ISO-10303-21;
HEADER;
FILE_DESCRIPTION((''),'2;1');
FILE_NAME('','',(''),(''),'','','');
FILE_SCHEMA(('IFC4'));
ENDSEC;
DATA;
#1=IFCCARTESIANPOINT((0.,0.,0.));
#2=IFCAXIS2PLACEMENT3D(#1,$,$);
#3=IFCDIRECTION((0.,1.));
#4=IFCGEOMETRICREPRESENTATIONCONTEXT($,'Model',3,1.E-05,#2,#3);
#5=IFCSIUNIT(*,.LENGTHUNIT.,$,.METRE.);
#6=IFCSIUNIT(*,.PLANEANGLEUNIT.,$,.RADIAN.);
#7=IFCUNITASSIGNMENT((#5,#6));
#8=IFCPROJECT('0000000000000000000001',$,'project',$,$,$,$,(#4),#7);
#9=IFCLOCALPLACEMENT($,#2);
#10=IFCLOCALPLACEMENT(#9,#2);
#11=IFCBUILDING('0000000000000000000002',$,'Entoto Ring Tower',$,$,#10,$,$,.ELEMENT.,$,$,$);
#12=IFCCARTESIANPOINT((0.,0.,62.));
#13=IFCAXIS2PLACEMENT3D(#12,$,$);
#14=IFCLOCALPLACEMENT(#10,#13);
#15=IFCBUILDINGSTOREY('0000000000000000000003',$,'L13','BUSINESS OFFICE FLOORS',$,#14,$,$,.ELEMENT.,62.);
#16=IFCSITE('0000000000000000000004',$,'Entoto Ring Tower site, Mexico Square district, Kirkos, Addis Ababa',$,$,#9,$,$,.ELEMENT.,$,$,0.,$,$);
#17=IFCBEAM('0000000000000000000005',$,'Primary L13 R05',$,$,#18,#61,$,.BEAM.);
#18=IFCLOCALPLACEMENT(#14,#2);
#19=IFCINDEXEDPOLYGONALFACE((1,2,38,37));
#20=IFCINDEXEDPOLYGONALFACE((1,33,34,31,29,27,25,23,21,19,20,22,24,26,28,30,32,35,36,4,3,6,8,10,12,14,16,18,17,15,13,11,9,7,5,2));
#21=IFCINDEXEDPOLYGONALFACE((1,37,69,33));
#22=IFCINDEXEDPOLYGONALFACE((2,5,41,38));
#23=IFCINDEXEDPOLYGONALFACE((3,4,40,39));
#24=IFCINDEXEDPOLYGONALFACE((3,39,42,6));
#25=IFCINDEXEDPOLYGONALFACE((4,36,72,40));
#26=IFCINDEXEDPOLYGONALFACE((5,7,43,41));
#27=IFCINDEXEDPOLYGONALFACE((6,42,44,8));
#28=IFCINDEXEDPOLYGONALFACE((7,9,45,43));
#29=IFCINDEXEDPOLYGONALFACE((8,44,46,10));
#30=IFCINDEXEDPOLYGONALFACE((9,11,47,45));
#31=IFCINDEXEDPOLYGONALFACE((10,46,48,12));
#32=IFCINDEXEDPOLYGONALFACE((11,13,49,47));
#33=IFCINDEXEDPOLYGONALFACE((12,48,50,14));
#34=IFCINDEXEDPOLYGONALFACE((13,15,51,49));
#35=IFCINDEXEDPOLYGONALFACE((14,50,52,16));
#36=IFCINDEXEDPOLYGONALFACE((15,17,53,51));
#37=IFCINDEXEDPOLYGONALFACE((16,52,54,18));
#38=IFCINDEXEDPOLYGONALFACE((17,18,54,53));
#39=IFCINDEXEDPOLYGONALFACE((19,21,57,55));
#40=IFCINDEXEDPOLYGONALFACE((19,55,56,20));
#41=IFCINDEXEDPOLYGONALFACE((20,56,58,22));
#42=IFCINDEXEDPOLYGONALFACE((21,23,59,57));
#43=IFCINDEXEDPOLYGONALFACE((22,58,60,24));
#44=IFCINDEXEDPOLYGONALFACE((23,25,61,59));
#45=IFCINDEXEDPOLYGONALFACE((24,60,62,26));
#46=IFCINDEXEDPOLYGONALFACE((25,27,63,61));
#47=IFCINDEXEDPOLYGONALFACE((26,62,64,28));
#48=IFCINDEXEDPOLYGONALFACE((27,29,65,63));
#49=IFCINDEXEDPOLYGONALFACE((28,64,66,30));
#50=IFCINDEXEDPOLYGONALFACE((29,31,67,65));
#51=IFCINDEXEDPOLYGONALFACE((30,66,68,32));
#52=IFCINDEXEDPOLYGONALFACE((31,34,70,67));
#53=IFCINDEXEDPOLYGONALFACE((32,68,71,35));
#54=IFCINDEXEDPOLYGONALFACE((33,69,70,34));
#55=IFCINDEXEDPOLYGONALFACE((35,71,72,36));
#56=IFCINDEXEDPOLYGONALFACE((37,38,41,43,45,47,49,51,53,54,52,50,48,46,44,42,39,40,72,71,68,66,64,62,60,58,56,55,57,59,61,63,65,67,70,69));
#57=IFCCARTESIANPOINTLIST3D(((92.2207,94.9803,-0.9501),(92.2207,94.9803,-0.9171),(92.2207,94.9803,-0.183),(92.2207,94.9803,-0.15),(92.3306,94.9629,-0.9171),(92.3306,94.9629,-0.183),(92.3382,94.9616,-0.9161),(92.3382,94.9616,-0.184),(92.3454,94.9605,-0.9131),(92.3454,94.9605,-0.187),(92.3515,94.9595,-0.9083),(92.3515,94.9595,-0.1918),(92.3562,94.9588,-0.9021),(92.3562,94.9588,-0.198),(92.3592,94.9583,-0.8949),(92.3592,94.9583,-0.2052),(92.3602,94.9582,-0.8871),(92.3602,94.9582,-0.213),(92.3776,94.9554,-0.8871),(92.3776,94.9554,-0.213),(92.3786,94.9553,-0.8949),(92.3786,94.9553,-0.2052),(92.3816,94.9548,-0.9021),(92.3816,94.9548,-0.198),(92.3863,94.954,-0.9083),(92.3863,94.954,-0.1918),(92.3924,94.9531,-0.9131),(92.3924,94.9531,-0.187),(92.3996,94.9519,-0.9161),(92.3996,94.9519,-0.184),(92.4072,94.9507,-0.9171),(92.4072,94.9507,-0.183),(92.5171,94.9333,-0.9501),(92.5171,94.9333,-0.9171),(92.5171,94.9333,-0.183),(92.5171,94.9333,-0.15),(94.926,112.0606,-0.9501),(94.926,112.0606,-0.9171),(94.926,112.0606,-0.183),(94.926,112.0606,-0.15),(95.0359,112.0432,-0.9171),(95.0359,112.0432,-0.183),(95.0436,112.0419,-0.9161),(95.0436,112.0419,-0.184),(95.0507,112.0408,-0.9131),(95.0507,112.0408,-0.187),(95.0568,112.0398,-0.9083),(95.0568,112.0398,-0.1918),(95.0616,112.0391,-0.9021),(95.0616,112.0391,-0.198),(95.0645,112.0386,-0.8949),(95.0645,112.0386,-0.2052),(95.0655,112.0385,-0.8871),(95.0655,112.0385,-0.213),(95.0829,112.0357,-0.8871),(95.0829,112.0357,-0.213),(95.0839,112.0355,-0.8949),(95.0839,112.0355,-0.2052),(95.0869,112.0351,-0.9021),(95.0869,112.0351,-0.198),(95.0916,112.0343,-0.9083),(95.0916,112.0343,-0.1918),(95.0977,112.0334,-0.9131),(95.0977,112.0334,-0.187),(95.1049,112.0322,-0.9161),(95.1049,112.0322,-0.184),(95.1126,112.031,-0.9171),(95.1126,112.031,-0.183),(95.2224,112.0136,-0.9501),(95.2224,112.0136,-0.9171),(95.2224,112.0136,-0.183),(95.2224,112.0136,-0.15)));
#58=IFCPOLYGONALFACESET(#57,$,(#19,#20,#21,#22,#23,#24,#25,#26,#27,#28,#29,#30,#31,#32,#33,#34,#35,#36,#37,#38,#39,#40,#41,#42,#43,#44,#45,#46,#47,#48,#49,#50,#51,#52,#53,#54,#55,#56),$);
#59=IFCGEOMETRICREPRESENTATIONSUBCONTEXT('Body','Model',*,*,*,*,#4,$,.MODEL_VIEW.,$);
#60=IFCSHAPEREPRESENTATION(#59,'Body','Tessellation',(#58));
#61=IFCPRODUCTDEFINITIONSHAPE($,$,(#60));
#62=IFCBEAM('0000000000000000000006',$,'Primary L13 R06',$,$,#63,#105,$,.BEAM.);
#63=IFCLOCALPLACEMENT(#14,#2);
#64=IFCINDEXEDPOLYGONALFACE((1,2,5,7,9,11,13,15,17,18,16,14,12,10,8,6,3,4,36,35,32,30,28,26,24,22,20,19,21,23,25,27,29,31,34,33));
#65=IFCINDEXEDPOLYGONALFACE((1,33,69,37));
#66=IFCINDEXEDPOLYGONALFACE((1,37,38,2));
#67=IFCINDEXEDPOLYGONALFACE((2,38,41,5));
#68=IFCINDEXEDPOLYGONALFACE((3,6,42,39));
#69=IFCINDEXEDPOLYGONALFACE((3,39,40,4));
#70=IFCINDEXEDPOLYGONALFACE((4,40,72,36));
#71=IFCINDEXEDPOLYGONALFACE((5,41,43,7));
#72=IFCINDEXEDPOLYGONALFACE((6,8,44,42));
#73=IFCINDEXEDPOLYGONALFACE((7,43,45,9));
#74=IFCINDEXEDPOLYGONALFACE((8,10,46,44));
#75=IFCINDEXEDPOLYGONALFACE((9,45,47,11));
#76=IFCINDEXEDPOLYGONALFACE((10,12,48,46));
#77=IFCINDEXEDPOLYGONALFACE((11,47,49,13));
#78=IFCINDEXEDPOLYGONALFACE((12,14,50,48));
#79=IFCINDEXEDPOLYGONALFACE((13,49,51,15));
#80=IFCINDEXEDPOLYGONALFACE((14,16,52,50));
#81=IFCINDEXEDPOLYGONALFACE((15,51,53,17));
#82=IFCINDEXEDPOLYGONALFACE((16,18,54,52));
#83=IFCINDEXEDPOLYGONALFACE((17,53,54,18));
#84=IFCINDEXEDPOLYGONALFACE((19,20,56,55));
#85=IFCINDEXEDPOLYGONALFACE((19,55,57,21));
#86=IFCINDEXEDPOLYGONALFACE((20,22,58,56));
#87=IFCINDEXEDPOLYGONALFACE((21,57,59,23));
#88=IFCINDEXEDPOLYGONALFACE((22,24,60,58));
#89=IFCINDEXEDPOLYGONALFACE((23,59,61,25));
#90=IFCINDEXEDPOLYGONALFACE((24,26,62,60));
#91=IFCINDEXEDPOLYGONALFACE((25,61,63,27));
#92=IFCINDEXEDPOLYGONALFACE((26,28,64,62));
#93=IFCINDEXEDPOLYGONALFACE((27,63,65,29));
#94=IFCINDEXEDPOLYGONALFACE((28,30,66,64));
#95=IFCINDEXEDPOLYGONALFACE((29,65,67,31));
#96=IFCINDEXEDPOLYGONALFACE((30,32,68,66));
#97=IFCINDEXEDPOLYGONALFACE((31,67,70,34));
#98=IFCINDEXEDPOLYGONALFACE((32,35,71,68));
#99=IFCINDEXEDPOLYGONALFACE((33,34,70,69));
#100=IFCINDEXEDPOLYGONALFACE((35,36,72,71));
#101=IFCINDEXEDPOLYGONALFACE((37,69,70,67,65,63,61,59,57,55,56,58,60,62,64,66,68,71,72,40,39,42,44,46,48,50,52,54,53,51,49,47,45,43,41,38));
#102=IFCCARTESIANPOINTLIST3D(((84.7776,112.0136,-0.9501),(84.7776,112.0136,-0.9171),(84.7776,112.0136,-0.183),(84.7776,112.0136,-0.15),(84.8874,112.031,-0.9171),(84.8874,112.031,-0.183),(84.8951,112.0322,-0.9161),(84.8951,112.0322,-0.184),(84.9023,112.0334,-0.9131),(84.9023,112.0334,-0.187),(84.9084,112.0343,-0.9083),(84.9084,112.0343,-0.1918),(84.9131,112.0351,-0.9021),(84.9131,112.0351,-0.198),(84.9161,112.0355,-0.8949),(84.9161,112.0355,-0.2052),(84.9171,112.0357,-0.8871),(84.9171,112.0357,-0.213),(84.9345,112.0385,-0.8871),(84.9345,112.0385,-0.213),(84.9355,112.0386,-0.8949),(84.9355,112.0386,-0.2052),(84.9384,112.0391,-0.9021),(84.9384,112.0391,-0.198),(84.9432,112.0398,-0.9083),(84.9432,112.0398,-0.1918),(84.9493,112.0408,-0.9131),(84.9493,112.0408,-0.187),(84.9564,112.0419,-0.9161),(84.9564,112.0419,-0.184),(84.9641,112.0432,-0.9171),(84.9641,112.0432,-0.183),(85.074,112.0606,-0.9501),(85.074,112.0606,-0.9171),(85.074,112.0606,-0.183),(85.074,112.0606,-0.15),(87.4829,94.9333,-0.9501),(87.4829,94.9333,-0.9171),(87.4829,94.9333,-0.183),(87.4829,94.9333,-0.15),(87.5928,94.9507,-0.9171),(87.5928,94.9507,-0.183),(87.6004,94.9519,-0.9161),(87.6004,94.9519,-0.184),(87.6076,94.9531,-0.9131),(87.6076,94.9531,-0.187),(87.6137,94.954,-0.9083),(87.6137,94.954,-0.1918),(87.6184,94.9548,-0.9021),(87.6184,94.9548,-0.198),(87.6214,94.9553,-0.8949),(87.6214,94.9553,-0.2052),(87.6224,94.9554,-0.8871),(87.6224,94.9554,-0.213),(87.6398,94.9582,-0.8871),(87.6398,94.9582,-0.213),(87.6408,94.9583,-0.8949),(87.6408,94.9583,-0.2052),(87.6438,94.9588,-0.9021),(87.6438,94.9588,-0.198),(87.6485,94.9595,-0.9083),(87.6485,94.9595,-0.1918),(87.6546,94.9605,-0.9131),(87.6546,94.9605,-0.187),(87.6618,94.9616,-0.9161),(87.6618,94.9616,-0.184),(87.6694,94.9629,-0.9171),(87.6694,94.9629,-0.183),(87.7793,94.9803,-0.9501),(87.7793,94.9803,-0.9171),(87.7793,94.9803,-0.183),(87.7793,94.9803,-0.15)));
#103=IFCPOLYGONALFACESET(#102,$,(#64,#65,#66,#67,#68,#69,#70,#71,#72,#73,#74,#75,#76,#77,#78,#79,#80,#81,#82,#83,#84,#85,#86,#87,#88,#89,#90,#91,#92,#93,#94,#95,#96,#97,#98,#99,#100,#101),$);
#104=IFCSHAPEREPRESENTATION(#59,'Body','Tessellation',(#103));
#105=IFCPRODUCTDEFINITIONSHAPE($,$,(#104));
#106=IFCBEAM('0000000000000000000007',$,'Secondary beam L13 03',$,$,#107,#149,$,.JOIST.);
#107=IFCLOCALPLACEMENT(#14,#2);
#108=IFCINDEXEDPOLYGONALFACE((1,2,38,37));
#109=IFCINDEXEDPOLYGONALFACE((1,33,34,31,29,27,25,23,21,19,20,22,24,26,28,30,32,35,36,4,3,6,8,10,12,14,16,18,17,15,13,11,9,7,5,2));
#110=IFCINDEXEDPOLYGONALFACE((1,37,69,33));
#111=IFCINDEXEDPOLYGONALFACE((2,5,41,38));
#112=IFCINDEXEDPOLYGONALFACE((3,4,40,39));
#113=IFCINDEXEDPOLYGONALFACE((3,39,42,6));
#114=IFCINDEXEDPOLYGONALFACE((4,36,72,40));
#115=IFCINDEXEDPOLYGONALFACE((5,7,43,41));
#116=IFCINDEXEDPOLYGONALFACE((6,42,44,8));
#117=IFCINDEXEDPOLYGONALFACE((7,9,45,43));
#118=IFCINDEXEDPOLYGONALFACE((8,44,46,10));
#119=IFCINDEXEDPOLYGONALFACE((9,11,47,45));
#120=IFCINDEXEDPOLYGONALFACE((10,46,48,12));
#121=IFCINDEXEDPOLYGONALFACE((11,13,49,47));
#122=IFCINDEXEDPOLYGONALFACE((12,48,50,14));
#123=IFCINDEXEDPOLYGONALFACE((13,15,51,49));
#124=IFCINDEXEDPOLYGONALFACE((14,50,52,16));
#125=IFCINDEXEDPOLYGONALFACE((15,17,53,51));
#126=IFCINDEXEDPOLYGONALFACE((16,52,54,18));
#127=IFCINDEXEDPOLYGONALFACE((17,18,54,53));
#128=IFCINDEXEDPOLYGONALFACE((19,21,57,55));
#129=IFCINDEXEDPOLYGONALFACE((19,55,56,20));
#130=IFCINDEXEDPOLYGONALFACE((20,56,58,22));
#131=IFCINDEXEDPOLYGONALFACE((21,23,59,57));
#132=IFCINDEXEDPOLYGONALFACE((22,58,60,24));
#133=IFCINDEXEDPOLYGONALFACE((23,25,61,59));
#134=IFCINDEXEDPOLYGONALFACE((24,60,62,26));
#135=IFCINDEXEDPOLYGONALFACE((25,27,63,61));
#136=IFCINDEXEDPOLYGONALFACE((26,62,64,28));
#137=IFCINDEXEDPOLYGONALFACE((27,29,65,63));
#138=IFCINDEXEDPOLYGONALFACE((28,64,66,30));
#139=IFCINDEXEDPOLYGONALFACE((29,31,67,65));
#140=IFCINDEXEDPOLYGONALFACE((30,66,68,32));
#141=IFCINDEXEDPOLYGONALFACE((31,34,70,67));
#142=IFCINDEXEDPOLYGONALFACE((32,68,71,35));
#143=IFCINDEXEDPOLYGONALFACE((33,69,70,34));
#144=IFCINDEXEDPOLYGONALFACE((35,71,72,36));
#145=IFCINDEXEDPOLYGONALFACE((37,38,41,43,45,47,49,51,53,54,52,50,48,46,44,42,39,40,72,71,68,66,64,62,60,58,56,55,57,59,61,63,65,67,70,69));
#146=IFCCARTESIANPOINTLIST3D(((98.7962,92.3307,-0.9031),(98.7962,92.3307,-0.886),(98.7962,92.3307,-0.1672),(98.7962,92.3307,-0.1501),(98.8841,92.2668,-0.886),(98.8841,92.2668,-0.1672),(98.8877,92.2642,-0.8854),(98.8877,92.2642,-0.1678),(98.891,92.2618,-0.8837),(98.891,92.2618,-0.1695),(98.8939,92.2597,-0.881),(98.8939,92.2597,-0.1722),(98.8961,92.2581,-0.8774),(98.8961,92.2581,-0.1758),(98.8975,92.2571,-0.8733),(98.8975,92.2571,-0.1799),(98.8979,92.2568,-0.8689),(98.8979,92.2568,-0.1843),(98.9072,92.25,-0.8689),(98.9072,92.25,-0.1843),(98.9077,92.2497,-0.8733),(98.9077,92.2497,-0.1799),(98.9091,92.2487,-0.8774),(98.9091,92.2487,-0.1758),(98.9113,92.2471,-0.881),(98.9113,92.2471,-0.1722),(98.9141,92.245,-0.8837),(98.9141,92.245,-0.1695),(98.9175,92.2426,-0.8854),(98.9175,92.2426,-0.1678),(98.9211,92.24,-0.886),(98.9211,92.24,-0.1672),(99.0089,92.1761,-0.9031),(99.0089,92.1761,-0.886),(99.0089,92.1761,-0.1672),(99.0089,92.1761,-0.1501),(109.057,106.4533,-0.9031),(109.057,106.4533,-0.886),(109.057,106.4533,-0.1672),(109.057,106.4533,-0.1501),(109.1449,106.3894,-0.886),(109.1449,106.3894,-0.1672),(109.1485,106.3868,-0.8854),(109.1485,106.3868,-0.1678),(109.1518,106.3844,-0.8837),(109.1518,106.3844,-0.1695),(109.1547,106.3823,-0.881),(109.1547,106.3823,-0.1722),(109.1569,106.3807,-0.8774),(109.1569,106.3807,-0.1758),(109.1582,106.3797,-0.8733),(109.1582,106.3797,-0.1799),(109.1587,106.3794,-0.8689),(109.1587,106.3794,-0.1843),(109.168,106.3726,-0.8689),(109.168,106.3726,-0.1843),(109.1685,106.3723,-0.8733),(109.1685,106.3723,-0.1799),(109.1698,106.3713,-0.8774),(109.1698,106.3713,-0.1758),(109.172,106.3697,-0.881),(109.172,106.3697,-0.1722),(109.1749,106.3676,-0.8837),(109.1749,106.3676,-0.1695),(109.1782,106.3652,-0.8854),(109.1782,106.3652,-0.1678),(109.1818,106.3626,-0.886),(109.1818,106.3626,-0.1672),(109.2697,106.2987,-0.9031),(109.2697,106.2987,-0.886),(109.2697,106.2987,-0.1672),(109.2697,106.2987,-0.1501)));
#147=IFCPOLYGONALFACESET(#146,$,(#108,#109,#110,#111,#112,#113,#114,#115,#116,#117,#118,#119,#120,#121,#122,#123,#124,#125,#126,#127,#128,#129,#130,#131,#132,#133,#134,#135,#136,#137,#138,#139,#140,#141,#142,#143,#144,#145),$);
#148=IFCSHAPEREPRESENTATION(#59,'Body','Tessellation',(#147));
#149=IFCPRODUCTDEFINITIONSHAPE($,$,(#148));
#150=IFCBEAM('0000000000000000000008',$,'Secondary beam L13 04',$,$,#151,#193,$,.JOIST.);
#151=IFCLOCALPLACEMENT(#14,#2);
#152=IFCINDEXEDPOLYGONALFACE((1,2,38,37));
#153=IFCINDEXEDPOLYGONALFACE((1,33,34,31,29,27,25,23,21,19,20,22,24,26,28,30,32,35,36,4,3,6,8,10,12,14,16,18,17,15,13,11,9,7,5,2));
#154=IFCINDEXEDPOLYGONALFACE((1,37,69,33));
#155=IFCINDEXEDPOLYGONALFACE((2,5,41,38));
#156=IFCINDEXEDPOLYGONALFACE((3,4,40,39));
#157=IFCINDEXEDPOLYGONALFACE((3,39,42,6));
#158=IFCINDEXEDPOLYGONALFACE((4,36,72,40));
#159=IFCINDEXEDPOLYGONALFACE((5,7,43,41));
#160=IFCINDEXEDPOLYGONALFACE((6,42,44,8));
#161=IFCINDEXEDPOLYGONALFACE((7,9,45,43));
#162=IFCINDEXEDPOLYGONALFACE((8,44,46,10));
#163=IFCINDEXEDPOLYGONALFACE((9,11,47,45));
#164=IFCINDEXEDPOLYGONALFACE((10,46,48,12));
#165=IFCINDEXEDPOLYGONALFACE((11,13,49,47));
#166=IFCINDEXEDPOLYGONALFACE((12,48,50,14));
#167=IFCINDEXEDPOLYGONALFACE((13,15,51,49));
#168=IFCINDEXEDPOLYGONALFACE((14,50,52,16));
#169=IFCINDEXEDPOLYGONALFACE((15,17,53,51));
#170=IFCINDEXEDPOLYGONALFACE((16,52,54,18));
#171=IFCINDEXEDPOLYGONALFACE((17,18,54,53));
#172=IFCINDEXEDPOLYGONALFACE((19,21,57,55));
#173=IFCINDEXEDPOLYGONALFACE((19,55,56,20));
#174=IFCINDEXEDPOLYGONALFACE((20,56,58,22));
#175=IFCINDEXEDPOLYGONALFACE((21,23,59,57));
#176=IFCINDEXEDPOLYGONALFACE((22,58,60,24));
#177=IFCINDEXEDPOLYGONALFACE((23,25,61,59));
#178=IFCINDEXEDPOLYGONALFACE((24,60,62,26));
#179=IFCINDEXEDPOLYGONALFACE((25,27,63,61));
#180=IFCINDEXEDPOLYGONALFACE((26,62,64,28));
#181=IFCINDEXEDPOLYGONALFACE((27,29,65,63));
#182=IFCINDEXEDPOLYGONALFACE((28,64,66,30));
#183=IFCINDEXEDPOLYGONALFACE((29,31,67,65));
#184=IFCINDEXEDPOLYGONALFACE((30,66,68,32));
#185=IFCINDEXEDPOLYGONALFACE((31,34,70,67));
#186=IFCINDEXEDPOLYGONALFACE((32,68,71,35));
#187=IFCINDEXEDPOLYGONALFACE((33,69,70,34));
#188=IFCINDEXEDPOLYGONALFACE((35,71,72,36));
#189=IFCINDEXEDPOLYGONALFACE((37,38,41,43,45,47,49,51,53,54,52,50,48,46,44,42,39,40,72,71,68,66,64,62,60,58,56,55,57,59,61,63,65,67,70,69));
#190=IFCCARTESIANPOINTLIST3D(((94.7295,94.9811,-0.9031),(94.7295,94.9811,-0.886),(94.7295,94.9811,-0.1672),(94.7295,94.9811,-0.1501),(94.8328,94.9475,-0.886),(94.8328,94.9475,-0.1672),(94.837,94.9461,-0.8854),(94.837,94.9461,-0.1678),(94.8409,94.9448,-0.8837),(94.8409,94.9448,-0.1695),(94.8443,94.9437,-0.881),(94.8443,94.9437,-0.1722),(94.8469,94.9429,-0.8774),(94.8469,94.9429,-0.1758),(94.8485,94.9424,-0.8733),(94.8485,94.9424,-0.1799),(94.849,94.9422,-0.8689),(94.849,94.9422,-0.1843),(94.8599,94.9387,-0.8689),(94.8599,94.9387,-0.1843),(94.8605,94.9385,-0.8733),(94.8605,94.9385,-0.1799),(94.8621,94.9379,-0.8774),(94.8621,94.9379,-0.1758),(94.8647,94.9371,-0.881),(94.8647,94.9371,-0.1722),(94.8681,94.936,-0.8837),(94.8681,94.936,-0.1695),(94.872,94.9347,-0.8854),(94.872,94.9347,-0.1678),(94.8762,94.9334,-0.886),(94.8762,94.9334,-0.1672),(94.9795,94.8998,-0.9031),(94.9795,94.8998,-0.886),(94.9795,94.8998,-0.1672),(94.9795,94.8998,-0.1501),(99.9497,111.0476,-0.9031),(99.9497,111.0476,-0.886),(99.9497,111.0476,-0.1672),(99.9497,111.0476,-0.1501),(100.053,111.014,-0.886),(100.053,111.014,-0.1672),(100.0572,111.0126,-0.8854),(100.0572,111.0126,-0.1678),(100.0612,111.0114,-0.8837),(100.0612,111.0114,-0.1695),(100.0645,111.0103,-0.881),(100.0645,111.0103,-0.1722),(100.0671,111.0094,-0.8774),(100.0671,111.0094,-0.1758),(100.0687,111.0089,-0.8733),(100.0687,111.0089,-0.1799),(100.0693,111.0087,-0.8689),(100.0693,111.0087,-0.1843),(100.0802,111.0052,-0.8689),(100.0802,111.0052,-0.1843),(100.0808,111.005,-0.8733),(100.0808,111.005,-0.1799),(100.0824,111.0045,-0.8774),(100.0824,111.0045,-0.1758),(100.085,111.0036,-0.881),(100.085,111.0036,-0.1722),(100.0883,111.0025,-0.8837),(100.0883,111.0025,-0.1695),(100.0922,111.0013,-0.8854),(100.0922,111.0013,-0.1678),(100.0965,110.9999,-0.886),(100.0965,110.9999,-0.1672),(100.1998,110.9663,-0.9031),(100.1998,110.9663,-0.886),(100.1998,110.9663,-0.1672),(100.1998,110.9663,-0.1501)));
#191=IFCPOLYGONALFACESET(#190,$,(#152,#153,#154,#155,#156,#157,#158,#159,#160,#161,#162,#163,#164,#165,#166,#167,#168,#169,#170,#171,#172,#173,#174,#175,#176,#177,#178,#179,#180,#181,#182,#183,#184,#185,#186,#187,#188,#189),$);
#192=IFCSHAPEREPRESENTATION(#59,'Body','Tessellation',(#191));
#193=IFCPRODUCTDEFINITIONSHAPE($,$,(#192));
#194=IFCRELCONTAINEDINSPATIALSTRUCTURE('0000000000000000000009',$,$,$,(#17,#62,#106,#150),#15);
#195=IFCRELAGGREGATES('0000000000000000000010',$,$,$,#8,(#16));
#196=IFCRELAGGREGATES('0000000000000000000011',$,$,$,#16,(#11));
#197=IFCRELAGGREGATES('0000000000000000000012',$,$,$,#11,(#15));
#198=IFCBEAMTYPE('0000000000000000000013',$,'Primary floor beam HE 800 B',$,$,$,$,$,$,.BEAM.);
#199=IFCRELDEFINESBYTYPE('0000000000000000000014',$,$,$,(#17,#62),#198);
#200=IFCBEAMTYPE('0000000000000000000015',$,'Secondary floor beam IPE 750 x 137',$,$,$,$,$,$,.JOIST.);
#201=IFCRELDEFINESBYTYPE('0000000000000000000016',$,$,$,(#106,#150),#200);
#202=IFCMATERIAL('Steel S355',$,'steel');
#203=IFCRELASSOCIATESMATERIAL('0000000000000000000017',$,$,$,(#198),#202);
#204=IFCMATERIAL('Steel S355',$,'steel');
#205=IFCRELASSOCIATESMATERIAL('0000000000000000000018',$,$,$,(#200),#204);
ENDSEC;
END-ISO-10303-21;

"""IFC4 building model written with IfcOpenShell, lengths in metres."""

from ifc_helpers import new_model, si_unit, direction, frame, origin, origin_2d, place, context, subcontext, project, spatial, i_section, extrude, material, material_profile, profile_set, type_object, element, save


model = new_model("IFC4")

# Units and contexts
model_context = context("Model", 3, precision=1e-05, world=origin(), true_north=direction((0.0, 1.0)))
body_context = subcontext(model_context, "Body", "Model", "MODEL_VIEW")
ifc_project = project(units=[si_unit("LENGTHUNIT", "METRE"), si_unit("PLANEANGLEUNIT", "RADIAN")], contexts=[model_context])

# Site, building, storey
site_placement = place(None, origin())
site = spatial("IfcSite", under=ifc_project, at=site_placement, Name="Entoto Ring Tower site, Mexico Square district, Kirkos, Addis Ababa", CompositionType="ELEMENT", RefElevation=0.0)
building_placement = place(site_placement, origin())
building = spatial("IfcBuilding", under=site, at=building_placement, Name="Entoto Ring Tower", CompositionType="ELEMENT")
storey_placement = place(building_placement, frame((0.0, 0.0, 62.0)))
storey = spatial("IfcBuildingStorey", under=building, at=storey_placement, Name="L13", Description="BUSINESS OFFICE FLOORS", CompositionType="ELEMENT", Elevation=62.0)

# Beams
ifc_material_1 = material(Name="Steel S355", Category="steel")
ifc_material_profile_1 = material_profile(ifc_material_1, i_section(OverallWidth=0.3, OverallDepth=0.8, WebThickness=0.0176, FlangeThickness=0.033, FilletRadius=0.03, at=origin_2d()), Name="HE 800 B")
ifc_profile_set_1 = profile_set([ifc_material_profile_1], Name="Steel S355")
beam_type_1 = type_object("IfcBeamType", Name="Primary floor beam HE 800 B", PredefinedType="BEAM", material=ifc_profile_set_1)
for number, where, z_axis, x_axis, name in (
    (1, (92.3689, 94.9568, -0.55), (0.156438, 0.987688, 0.0), (-0.987688, 0.156438, 0.0), "Primary L13 R05"),
    (2, (87.6311, 94.9568, -0.55), (-0.156438, 0.987688, 0.0), (-0.987688, -0.156438, 0.0), "Primary L13 R06"),
):
    element("IfcBeam", number, at=place(storey_placement, frame(where, z_axis=z_axis, x_axis=x_axis)), inside=storey, type_object=beam_type_1, Name=name, PredefinedType="BEAM", context=body_context, shape_type="SweptSolid", body=[
        extrude(i_section(OverallWidth=0.3, OverallDepth=0.8, WebThickness=0.0176, FlangeThickness=0.033, FilletRadius=0.03, at=origin_2d()), origin(), (0.0, 0.0, 1.0), 17.2932),
    ])
ifc_material_2 = material(Name="Steel S355", Category="steel")
ifc_material_profile_2 = material_profile(ifc_material_2, i_section(OverallWidth=0.2629, OverallDepth=0.7529, WebThickness=0.0115, FlangeThickness=0.0171, FilletRadius=0.0171, at=origin_2d()), Name="IPE 750 x 137")
ifc_profile_set_2 = profile_set([ifc_material_profile_2], Name="Steel S355")
beam_type_2 = type_object("IfcBeamType", Name="Secondary floor beam IPE 750 x 137", PredefinedType="JOIST", material=ifc_profile_set_2)
beam_1_placement = place(storey_placement, frame((98.9026, 92.2534, -0.5266), z_axis=(0.587789, 0.809014, 0.0), x_axis=(-0.809014, 0.587789, 0.0)))
element("IfcBeam", 3, at=beam_1_placement, inside=storey, type_object=beam_type_2, Name="Secondary beam L13 03", PredefinedType="JOIST", context=body_context, shape_type="SweptSolid", body=[
    extrude(i_section(OverallWidth=0.2629, OverallDepth=0.7529, WebThickness=0.0115, FlangeThickness=0.0171, FilletRadius=0.0171, at=origin_2d()), origin(), (0.0, 0.0, 1.0), 17.4565),
])
beam_2_placement = place(storey_placement, frame((94.8545, 94.9404, -0.5266), z_axis=(0.309013, 0.951058, 0.0), x_axis=(-0.951058, 0.309013, 0.0)))
element("IfcBeam", 4, at=beam_2_placement, inside=storey, type_object=beam_type_2, Name="Secondary beam L13 04", PredefinedType="JOIST", context=body_context, shape_type="SweptSolid", body=[
    extrude(i_section(OverallWidth=0.2629, OverallDepth=0.7529, WebThickness=0.0115, FlangeThickness=0.0171, FilletRadius=0.0171, at=origin_2d()), origin(), (0.0, 0.0, 1.0), 16.8933),
])

save(model, "model.ifc")
